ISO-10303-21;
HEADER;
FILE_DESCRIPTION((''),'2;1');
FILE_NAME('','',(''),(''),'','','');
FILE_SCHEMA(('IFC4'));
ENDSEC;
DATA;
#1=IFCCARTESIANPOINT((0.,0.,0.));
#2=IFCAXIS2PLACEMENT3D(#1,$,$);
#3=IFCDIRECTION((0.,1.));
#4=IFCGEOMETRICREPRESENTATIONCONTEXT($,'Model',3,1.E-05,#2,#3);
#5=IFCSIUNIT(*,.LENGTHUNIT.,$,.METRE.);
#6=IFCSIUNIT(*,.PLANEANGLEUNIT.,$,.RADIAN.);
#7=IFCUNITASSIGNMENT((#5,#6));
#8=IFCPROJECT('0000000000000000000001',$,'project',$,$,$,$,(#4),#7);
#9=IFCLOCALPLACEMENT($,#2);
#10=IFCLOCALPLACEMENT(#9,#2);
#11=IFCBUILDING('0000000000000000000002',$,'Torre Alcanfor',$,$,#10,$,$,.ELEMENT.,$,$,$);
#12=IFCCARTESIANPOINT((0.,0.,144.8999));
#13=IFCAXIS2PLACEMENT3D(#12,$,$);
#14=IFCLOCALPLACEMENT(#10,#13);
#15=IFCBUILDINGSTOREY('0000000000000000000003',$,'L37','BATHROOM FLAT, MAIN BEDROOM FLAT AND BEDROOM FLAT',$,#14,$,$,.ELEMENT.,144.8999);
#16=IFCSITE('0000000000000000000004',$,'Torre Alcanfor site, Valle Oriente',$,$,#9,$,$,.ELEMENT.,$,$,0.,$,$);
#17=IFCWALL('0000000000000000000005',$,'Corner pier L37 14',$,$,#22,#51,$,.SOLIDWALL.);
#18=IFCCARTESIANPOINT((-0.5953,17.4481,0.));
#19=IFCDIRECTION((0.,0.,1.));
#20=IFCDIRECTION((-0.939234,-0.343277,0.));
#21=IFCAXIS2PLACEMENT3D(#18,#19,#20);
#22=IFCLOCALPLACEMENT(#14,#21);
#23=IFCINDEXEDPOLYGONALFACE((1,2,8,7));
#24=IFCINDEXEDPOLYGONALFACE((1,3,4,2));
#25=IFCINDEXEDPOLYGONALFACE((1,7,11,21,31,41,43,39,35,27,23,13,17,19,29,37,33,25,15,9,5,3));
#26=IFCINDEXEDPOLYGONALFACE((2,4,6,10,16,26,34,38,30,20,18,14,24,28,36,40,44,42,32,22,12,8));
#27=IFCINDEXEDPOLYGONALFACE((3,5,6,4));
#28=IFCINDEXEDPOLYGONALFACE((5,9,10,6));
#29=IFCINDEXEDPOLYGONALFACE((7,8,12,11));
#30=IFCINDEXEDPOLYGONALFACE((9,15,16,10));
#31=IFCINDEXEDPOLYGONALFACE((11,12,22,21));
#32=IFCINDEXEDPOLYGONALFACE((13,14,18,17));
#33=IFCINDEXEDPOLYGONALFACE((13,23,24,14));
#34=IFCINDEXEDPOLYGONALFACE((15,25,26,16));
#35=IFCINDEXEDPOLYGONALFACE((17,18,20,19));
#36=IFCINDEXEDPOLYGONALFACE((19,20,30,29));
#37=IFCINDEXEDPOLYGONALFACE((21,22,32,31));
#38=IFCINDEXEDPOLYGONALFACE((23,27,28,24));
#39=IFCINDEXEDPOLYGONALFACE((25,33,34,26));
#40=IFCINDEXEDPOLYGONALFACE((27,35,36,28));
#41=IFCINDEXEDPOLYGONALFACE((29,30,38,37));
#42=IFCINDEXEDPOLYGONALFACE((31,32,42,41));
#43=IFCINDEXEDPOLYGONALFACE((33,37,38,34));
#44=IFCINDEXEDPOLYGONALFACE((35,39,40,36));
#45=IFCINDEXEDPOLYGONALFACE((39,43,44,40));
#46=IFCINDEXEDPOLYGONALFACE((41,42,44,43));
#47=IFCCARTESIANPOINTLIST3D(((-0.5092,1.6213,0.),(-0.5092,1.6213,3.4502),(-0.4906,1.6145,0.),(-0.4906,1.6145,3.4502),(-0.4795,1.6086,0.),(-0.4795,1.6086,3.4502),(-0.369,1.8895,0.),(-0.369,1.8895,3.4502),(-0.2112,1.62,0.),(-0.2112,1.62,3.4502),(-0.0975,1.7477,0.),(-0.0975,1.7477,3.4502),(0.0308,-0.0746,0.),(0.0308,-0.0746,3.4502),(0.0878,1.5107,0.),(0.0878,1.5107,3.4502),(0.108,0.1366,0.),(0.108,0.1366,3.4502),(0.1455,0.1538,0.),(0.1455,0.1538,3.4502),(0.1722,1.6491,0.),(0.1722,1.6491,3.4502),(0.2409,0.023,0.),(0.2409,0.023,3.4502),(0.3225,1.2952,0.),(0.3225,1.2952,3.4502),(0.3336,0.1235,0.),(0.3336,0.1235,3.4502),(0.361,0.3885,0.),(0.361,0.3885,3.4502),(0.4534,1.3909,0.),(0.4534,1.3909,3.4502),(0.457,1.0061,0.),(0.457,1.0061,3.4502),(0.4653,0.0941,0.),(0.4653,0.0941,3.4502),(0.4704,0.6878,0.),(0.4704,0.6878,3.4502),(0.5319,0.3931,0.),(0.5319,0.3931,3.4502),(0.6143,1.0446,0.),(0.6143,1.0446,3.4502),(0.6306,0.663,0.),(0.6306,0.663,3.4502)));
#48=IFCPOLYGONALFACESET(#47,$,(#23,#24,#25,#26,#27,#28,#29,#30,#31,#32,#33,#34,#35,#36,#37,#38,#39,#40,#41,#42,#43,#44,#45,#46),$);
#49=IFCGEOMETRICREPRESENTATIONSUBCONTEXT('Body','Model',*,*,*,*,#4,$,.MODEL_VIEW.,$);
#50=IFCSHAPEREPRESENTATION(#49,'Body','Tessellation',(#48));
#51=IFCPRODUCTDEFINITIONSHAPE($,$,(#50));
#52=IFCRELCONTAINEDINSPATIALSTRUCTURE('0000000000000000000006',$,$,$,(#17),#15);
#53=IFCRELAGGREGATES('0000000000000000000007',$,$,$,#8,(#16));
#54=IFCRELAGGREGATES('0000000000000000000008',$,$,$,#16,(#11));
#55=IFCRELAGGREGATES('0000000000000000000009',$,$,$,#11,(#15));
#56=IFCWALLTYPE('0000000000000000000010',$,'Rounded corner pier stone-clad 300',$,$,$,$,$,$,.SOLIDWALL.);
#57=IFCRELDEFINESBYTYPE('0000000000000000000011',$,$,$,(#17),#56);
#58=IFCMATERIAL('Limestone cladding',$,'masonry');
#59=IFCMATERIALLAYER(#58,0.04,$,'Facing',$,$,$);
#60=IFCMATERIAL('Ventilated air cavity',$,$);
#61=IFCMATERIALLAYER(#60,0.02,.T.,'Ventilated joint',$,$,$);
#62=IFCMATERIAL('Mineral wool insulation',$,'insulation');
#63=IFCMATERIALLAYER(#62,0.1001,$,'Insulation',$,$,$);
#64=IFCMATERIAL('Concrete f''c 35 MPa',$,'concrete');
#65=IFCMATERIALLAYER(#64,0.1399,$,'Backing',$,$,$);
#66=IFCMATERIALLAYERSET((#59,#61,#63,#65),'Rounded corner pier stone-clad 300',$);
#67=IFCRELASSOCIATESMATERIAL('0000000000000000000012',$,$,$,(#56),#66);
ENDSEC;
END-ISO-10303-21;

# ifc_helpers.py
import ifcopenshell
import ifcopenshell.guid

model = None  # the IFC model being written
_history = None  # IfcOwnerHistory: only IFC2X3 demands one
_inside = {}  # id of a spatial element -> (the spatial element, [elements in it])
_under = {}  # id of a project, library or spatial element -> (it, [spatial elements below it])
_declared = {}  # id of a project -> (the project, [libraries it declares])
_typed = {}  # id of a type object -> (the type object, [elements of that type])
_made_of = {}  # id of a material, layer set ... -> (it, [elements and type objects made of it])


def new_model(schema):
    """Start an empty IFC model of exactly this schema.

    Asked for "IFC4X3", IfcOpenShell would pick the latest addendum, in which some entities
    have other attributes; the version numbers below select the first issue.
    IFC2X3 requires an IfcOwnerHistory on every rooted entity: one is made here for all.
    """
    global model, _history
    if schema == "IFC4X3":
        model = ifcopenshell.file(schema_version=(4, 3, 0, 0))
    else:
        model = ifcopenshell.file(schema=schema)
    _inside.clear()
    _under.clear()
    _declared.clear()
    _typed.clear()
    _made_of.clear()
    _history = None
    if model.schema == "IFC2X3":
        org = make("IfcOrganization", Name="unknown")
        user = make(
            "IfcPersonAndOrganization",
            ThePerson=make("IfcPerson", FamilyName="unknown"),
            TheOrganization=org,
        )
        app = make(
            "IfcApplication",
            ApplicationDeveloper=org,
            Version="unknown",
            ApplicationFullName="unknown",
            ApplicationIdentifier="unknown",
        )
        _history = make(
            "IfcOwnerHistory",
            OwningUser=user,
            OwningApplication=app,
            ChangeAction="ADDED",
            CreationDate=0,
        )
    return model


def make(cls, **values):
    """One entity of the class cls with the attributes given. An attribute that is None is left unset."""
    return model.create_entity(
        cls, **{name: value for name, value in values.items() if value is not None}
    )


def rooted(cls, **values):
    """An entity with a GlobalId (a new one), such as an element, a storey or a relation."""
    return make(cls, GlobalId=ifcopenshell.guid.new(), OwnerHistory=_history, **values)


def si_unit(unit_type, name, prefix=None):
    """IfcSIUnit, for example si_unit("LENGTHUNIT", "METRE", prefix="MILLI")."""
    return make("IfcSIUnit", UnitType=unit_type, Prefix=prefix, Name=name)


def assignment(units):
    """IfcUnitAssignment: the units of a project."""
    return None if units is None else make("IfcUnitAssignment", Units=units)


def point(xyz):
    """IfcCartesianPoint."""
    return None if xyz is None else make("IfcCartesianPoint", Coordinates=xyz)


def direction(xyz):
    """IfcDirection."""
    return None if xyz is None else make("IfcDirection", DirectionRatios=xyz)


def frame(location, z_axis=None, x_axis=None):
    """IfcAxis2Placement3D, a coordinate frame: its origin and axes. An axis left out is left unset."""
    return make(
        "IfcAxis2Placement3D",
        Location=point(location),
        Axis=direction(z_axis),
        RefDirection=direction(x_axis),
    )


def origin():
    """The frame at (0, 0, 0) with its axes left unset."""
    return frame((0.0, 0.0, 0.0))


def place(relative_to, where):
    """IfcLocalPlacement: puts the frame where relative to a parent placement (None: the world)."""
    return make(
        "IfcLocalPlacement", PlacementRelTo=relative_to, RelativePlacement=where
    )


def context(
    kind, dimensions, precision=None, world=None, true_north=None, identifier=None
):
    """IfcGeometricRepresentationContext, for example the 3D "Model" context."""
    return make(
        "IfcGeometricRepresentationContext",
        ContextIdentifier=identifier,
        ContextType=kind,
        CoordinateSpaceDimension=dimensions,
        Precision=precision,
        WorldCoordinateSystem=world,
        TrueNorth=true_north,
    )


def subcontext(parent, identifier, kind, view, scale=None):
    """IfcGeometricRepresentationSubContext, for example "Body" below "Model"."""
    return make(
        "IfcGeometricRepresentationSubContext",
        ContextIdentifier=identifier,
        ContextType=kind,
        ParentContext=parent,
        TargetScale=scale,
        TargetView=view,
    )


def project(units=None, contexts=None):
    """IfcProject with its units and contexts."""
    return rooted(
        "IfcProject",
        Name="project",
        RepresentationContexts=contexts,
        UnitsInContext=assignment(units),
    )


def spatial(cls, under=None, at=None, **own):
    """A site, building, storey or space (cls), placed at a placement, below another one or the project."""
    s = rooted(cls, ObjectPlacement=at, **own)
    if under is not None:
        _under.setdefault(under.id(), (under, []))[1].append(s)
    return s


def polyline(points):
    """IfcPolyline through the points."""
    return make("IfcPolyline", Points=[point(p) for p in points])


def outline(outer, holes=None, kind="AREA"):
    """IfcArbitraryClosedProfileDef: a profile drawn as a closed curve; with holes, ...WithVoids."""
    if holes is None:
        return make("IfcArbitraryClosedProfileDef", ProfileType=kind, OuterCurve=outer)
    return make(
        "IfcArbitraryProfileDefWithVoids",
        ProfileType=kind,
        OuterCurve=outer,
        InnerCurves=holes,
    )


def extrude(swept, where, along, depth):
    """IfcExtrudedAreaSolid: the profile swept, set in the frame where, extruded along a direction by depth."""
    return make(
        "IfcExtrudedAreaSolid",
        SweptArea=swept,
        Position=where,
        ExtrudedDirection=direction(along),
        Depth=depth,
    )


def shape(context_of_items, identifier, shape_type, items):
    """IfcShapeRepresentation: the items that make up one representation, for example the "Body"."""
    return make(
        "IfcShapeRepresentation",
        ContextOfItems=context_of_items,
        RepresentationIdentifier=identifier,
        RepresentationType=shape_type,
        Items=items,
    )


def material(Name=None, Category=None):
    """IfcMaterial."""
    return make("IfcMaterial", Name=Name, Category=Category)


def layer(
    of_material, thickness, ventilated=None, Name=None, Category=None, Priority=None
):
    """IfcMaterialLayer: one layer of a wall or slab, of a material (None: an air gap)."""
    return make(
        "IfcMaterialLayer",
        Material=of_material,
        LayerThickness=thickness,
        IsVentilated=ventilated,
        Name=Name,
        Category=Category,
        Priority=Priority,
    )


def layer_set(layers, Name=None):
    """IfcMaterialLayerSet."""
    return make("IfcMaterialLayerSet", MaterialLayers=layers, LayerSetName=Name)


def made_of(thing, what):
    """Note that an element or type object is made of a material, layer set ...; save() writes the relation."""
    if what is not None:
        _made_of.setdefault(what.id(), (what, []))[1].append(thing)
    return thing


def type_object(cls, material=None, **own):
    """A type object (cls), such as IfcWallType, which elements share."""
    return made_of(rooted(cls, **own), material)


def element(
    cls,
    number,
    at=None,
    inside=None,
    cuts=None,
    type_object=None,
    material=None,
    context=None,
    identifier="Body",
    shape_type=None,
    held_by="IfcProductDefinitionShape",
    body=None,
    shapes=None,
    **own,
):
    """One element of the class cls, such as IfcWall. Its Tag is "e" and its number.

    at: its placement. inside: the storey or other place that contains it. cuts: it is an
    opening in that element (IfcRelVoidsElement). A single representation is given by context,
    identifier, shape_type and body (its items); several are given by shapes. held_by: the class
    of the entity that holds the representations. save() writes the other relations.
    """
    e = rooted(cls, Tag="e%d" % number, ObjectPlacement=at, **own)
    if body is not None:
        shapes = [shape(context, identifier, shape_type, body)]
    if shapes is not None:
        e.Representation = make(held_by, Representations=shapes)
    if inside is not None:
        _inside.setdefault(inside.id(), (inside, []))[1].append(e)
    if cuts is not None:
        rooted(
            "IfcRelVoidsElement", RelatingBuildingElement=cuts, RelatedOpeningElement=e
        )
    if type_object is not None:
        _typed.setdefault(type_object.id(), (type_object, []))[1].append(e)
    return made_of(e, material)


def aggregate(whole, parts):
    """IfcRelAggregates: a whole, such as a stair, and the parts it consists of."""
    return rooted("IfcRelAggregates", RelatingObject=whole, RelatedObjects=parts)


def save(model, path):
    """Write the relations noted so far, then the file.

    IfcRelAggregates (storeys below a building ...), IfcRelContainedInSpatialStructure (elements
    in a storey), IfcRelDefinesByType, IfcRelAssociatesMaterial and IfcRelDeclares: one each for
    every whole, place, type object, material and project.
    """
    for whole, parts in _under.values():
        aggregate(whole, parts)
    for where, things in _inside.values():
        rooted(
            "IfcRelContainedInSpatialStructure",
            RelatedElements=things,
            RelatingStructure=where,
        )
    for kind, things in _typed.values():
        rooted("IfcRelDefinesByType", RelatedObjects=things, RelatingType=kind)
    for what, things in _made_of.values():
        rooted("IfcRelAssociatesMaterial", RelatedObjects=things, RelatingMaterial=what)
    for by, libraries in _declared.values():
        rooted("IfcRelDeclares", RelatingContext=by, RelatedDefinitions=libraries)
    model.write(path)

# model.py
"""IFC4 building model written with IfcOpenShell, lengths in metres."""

from ifc_helpers import new_model, si_unit, direction, frame, origin, place, context, subcontext, project, spatial, polyline, outline, extrude, material, layer, layer_set, type_object, element, save


model = new_model("IFC4")

# Units and contexts
model_context = context("Model", 3, precision=1e-05, world=origin(), true_north=direction((0.0, 1.0)))
body_context = subcontext(model_context, "Body", "Model", "MODEL_VIEW")
ifc_project = project(units=[si_unit("LENGTHUNIT", "METRE"), si_unit("PLANEANGLEUNIT", "RADIAN")], contexts=[model_context])

# Site, building, storey
site_placement = place(None, origin())
site = spatial("IfcSite", under=ifc_project, at=site_placement, Name="Torre Alcanfor site, Valle Oriente", CompositionType="ELEMENT", RefElevation=0.0)
building_placement = place(site_placement, origin())
building = spatial("IfcBuilding", under=site, at=building_placement, Name="Torre Alcanfor", CompositionType="ELEMENT")
storey_placement = place(building_placement, frame((0.0, 0.0, 144.8999)))
storey = spatial("IfcBuildingStorey", under=building, at=storey_placement, Name="L37", Description="BATHROOM FLAT, MAIN BEDROOM FLAT AND BEDROOM FLAT", CompositionType="ELEMENT", Elevation=144.8999)

# Shared definitions
ifc_material_1 = material(Name="Limestone cladding", Category="masonry")
ifc_material_2 = material(Name="Ventilated air cavity")
ifc_material_3 = material(Name="Mineral wool insulation", Category="insulation")
ifc_material_4 = material(Name="Concrete f'c 35 MPa", Category="concrete")

# Wall
ifc_layer_1 = layer(ifc_material_1, 0.04, Name="Facing")
ifc_layer_2 = layer(ifc_material_2, 0.02, ventilated=True, Name="Ventilated joint")
ifc_layer_3 = layer(ifc_material_3, 0.1001, Name="Insulation")
ifc_layer_4 = layer(ifc_material_4, 0.1399, Name="Backing")
ifc_layer_set_1 = layer_set([ifc_layer_1, ifc_layer_2, ifc_layer_3, ifc_layer_4], Name="Rounded corner pier stone-clad 300")
wall_type_1 = type_object("IfcWallType", Name="Rounded corner pier stone-clad 300", PredefinedType="SOLIDWALL", material=ifc_layer_set_1)
wall_1_placement = place(storey_placement, frame((-0.5953, 17.4481, 0.0), z_axis=(0.0, 0.0, 1.0), x_axis=(-0.939234, -0.343277, 0.0)))
element("IfcWall", 1, at=wall_1_placement, inside=storey, type_object=wall_type_1, Name="Corner pier L37 14", PredefinedType="SOLIDWALL", context=body_context, shape_type="SweptSolid", body=[
    extrude(outline(polyline([(-0.369, 1.8895), (-0.5092, 1.6213), (-0.4906, 1.6145), (-0.4795, 1.6086), (-0.2112, 1.62), (0.0878, 1.5107), (0.3225, 1.2952), (0.457, 1.0061), (0.4704, 0.6878), (0.361, 0.3885), (0.1455, 0.1538), (0.108, 0.1366), (0.0308, -0.0746), (0.2409, 0.023), (0.3336, 0.1235), (0.4653, 0.0941), (0.5319, 0.3931), (0.6306, 0.663), (0.6143, 1.0446), (0.4534, 1.3909), (0.1722, 1.6491), (-0.0975, 1.7477), (-0.369, 1.8895)])), origin(), (0.0, 0.0, 1.0), 3.4502),
])

save(model, "model.ifc")
